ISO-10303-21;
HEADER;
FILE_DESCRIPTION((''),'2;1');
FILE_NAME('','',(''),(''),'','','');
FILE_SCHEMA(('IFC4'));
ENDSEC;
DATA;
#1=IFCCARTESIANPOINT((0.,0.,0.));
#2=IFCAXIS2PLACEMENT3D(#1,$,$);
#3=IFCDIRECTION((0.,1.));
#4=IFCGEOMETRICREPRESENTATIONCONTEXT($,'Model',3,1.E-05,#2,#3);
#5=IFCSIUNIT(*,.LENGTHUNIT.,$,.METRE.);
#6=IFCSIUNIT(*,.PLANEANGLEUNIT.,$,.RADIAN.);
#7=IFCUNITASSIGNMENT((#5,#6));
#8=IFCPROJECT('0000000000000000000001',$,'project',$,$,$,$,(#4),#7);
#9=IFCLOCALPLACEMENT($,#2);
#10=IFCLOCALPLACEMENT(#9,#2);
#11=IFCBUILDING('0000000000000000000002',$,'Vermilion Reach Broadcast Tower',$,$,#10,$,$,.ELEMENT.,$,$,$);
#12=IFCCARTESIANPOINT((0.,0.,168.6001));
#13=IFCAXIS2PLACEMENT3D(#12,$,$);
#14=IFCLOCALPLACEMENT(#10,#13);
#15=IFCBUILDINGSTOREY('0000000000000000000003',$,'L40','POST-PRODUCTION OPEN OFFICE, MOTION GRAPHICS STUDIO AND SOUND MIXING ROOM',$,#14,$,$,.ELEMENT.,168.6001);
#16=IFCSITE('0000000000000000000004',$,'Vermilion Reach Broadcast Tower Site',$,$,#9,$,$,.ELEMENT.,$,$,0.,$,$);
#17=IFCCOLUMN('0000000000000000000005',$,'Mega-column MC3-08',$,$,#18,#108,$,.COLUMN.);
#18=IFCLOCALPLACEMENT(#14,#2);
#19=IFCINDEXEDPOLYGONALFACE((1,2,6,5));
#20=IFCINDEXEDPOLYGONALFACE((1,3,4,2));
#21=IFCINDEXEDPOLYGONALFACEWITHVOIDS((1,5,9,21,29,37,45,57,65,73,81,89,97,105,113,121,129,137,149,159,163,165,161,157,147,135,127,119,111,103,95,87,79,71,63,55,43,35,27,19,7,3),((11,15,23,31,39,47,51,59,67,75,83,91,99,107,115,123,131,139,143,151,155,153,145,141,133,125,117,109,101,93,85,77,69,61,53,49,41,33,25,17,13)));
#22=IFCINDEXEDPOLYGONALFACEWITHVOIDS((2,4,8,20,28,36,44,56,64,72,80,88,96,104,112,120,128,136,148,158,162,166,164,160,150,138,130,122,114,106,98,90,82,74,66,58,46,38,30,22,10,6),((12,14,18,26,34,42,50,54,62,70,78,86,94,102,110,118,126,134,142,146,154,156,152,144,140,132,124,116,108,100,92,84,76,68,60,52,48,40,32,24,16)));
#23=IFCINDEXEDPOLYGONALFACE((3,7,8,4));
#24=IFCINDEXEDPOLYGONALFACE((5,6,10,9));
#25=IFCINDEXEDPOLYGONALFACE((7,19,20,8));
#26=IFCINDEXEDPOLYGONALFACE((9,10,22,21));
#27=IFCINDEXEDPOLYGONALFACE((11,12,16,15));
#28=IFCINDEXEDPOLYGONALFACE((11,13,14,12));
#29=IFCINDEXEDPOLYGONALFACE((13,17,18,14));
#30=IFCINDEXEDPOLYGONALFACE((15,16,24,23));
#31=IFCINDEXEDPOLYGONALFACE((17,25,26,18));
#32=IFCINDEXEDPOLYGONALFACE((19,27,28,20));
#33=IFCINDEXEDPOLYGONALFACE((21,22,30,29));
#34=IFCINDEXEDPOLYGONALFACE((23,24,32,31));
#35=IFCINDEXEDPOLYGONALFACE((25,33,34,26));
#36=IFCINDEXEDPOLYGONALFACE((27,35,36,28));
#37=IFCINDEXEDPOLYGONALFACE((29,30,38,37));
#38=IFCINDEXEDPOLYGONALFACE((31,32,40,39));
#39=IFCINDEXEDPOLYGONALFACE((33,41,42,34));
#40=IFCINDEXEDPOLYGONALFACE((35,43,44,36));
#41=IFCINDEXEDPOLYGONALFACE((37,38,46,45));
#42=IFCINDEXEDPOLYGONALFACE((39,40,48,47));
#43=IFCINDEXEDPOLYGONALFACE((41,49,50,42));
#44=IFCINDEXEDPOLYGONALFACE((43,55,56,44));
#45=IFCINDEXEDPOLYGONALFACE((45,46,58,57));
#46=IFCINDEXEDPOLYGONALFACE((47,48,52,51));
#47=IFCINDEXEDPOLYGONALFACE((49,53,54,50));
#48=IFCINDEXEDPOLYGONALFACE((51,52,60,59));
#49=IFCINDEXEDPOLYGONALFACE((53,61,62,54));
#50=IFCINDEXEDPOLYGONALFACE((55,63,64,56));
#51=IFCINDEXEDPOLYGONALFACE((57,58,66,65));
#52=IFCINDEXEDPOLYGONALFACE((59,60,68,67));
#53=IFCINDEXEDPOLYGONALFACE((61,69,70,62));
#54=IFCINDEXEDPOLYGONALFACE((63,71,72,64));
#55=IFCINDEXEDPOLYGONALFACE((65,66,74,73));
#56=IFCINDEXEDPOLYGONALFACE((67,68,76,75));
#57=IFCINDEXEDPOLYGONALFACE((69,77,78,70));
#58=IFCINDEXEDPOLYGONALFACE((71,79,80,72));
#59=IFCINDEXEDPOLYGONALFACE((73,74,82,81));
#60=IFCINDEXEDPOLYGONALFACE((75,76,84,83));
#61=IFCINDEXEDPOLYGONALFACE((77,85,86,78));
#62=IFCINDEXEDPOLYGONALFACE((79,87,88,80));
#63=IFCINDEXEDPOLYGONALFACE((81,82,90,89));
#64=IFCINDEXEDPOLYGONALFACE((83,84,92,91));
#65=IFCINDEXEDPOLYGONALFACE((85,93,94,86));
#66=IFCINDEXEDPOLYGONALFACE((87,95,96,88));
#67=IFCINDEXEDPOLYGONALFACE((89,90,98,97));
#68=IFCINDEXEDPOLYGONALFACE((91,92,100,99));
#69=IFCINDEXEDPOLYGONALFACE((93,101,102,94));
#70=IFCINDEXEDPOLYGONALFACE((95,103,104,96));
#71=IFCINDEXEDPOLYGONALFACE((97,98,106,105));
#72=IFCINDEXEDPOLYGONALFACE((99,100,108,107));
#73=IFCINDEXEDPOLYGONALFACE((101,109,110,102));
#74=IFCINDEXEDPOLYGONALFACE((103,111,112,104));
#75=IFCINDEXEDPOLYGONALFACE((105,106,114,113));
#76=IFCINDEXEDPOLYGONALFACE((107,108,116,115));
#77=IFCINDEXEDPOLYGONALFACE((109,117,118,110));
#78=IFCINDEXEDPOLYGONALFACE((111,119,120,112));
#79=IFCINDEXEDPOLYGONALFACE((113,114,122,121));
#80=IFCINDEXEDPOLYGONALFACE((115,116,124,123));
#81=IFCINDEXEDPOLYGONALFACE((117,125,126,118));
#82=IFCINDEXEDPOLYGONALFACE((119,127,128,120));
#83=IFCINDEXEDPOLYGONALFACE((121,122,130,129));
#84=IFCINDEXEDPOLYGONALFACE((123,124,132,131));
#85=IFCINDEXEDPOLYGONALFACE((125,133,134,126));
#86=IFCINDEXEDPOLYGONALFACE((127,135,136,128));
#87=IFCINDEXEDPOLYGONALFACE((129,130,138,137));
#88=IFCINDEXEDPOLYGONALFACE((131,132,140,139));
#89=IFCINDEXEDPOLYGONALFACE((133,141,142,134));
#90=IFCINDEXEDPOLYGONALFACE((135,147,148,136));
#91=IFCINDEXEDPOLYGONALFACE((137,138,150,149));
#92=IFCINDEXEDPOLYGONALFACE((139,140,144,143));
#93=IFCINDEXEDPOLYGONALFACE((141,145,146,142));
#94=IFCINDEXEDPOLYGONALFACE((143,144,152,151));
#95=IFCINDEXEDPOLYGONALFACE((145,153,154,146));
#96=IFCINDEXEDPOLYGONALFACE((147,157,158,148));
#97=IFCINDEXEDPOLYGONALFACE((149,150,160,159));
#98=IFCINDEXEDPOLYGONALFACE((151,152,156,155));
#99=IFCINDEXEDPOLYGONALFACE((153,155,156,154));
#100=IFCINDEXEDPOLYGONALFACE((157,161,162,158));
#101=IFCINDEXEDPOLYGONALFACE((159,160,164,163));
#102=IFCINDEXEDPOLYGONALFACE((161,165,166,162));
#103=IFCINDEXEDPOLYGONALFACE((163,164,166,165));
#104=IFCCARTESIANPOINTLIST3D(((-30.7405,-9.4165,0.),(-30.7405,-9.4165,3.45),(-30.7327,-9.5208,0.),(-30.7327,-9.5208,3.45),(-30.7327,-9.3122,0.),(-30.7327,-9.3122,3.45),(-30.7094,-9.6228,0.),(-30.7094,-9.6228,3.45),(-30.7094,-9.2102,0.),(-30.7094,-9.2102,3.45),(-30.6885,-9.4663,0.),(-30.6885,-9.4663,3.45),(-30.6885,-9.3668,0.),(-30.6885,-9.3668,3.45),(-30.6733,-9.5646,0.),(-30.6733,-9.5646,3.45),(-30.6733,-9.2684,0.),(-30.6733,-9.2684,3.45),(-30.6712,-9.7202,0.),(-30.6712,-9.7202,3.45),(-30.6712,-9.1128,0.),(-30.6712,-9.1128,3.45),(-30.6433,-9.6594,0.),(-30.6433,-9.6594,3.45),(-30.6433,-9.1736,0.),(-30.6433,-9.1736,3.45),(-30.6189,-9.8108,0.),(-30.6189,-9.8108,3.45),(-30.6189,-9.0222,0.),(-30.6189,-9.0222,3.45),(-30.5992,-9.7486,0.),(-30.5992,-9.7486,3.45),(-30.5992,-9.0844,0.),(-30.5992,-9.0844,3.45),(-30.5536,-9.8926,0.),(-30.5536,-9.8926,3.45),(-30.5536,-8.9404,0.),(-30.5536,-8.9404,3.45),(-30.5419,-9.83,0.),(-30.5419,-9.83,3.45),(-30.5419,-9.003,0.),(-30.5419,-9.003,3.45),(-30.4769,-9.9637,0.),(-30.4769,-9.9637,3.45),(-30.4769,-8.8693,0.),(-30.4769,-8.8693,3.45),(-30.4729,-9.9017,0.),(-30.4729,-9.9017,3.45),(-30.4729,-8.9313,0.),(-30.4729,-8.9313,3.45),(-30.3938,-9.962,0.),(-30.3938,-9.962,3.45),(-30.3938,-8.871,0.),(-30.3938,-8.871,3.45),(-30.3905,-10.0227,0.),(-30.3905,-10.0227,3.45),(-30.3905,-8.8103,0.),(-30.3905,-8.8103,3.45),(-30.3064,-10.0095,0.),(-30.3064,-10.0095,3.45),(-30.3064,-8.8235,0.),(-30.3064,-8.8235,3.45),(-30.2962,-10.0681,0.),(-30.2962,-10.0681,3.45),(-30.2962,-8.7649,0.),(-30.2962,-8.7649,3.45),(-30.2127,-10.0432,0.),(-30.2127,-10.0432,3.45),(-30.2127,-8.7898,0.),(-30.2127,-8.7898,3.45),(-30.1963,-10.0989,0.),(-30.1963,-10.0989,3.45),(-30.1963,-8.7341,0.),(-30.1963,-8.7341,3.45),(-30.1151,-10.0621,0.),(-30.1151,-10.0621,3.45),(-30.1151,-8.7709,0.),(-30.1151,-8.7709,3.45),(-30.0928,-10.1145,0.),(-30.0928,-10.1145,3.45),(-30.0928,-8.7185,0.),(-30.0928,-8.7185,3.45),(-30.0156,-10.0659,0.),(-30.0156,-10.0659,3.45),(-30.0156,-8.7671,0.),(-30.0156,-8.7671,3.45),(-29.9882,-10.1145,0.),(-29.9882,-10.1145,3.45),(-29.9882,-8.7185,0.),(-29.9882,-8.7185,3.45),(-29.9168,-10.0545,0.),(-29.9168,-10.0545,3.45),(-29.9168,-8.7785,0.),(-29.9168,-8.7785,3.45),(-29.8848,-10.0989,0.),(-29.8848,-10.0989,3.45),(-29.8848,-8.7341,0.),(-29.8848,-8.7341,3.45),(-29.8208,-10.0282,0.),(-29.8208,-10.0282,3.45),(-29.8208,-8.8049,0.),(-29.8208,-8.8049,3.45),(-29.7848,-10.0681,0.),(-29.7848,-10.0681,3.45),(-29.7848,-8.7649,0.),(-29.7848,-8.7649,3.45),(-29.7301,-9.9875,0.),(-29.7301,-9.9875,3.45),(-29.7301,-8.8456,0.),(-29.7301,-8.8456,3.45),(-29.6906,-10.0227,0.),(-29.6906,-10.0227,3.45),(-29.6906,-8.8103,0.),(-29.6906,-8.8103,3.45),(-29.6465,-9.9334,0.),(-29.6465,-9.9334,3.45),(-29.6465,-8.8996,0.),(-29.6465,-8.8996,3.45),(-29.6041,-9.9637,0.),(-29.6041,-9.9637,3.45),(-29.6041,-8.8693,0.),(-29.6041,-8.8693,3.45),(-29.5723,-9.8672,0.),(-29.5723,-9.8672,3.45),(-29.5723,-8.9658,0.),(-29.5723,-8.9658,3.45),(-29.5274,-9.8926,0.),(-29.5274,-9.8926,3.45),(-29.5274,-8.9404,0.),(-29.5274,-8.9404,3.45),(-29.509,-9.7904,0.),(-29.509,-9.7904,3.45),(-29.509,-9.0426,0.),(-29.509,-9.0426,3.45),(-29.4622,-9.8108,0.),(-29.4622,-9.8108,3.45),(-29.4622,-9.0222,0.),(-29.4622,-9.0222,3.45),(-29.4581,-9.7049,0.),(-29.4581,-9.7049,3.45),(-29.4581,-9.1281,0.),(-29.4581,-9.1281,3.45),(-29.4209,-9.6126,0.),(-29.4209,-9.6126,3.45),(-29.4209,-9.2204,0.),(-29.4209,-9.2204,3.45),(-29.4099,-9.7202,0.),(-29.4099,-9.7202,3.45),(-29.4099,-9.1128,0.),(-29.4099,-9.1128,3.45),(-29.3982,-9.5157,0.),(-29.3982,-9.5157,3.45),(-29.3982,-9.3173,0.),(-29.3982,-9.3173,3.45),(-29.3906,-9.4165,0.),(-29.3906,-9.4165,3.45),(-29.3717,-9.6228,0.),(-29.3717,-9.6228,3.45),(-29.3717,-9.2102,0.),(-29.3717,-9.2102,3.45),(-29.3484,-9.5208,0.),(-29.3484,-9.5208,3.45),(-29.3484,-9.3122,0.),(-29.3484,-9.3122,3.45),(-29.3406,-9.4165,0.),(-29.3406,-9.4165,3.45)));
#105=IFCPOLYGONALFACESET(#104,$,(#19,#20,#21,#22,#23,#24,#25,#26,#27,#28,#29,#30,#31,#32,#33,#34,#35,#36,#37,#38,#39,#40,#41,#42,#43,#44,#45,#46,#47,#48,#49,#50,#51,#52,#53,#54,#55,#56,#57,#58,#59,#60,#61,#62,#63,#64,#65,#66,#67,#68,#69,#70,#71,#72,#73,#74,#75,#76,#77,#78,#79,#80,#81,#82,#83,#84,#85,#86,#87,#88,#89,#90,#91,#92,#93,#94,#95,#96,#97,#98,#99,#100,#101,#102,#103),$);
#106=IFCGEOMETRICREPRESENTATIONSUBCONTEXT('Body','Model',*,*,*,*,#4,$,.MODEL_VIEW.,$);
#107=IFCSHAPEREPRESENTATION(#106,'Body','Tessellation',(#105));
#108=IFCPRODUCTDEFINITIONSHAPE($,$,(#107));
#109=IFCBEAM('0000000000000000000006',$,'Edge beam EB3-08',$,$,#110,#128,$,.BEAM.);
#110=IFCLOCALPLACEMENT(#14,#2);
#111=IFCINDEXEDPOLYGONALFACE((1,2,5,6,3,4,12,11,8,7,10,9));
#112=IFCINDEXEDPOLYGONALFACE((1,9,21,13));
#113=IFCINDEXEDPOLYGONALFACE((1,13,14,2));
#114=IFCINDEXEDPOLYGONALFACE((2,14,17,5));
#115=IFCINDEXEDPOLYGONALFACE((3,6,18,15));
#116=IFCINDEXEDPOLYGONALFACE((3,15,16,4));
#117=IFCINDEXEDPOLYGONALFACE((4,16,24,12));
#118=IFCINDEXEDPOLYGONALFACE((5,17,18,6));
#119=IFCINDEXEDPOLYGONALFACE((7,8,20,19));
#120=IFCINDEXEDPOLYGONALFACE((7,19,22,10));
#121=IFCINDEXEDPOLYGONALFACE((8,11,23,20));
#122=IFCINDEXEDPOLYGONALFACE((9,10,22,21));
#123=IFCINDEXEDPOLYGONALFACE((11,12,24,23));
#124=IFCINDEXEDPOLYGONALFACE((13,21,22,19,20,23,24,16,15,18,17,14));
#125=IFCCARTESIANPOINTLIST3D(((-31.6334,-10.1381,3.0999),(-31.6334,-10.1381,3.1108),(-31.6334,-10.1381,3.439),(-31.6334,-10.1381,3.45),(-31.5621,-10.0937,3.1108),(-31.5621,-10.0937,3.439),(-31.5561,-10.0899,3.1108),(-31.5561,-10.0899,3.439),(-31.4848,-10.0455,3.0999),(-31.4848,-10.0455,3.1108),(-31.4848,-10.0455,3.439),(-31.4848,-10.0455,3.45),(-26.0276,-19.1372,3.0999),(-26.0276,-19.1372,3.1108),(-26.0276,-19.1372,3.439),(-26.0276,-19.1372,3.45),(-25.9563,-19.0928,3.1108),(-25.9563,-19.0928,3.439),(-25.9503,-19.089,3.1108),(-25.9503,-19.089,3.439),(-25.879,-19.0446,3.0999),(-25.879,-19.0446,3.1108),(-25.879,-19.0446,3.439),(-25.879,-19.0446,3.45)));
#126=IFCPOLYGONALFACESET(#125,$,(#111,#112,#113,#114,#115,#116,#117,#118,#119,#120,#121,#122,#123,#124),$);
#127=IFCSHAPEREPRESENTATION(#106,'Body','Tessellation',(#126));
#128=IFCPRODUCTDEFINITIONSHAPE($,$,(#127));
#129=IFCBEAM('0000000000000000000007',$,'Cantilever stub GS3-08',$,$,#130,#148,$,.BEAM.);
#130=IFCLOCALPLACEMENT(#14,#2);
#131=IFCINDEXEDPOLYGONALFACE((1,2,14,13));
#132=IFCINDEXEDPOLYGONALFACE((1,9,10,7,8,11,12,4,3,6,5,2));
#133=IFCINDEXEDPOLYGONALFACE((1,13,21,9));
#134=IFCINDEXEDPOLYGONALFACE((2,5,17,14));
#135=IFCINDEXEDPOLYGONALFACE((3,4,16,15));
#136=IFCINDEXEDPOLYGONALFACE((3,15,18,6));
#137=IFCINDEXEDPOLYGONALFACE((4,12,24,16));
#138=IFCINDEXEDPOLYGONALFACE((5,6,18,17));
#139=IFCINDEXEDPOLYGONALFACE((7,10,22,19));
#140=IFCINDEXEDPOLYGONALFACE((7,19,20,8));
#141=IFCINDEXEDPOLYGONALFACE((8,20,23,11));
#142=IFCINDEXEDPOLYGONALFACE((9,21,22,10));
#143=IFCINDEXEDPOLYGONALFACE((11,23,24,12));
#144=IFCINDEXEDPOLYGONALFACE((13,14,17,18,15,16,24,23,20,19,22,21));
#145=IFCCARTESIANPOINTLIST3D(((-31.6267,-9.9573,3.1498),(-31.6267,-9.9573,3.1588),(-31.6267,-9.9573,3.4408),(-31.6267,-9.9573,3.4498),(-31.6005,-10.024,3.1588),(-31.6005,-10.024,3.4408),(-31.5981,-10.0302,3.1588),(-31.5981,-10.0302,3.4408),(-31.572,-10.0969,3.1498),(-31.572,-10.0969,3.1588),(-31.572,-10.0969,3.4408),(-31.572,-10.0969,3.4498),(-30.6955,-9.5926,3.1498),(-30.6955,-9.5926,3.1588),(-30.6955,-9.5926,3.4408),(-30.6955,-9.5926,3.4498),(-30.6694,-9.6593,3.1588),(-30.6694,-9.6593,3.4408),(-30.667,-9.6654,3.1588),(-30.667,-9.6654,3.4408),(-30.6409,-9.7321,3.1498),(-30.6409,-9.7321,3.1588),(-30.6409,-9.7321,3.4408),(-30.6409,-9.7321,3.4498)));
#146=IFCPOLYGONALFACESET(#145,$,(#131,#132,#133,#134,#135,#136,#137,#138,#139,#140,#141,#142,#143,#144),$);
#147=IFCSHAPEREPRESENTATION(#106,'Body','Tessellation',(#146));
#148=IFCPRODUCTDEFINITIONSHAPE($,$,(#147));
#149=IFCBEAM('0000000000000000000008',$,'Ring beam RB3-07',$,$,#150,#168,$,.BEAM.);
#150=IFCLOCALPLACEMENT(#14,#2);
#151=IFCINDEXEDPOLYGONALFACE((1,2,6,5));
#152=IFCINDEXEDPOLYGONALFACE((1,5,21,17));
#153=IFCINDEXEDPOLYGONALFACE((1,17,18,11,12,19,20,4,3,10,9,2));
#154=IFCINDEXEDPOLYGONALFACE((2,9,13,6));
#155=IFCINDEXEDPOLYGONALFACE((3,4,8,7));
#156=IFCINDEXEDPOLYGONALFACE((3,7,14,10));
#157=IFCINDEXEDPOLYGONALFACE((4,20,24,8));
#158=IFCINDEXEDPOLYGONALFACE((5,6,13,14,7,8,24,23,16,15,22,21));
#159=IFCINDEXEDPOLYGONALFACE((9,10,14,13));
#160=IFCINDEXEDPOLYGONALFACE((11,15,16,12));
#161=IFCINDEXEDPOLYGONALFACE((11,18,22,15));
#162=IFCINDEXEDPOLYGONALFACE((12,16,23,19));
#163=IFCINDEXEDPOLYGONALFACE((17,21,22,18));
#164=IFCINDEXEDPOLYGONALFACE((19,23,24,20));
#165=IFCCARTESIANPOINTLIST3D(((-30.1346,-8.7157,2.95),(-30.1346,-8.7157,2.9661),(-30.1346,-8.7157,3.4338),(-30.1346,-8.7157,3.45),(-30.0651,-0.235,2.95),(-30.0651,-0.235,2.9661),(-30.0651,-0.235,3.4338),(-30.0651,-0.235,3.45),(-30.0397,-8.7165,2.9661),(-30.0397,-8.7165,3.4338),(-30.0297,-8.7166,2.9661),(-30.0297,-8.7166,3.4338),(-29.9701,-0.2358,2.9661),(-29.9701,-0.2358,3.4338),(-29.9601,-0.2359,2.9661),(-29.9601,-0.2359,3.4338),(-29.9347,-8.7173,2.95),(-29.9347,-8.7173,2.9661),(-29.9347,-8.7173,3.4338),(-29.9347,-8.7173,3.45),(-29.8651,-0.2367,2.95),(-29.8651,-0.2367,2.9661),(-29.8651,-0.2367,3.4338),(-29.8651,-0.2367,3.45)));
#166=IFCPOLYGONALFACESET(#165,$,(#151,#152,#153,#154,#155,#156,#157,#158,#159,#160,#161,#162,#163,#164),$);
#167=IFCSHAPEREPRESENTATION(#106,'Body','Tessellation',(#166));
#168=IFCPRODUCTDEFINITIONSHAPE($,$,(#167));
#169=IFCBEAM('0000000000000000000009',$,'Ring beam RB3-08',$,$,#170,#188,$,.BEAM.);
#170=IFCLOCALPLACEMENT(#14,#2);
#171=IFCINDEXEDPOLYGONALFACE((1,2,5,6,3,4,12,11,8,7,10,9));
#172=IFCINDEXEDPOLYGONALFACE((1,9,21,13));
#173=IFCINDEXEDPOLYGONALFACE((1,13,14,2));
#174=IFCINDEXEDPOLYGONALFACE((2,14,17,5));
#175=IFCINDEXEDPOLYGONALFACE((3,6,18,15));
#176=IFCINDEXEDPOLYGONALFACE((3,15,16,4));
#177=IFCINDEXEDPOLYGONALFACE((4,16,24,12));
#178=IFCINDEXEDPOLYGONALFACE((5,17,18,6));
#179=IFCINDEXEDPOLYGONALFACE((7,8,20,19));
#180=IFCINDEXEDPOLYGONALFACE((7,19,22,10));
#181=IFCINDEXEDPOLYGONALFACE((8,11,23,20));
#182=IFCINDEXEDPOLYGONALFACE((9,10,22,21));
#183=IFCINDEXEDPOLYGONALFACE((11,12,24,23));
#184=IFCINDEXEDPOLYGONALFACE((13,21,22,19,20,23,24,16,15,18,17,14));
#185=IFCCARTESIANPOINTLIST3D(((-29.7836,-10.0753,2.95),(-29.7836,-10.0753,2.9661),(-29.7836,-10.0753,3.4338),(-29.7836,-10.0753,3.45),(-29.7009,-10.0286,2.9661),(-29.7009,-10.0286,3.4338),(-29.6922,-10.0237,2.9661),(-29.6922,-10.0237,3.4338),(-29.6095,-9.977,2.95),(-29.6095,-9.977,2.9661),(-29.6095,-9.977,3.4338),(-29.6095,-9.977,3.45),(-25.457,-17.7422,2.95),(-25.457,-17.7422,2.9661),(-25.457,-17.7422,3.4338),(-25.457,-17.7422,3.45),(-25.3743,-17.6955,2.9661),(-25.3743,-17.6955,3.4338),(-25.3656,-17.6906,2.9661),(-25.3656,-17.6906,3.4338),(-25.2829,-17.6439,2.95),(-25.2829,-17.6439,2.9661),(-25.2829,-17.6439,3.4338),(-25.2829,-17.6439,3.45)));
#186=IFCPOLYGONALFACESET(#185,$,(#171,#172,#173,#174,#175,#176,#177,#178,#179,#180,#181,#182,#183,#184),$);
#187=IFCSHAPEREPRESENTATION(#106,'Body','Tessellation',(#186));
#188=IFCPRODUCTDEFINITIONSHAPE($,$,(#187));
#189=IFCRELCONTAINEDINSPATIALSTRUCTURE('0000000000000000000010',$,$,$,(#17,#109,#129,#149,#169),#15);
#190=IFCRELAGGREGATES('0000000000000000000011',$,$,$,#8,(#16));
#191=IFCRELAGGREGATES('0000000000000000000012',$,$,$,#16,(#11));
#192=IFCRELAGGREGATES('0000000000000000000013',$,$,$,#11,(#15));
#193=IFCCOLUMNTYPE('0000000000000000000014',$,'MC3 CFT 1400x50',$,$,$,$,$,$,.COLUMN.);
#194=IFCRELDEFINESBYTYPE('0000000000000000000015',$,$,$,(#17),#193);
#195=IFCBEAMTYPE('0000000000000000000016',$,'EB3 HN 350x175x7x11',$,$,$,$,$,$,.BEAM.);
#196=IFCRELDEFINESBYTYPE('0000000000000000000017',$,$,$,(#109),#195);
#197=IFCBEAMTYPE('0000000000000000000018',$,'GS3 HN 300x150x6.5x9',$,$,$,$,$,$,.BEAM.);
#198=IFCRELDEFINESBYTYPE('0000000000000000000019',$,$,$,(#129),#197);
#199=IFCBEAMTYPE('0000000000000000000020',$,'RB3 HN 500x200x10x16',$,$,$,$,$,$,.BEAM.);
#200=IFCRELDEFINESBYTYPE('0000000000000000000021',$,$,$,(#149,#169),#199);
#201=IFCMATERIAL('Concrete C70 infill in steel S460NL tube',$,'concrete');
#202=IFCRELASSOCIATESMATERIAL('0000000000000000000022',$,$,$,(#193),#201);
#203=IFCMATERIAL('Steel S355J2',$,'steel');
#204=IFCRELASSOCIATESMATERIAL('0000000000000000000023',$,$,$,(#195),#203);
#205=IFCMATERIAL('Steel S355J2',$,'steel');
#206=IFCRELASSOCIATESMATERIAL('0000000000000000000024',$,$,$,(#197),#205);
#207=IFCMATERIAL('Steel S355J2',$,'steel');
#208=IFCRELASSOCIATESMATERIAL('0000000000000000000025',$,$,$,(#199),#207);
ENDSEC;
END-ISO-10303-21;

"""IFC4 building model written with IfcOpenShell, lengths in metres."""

from ifc_helpers import new_model, si_unit, direction, frame, origin, origin_2d, place, context, subcontext, project, spatial, hollow_circle, i_section, extrude, material, material_profile, profile_set, type_object, element, save


model = new_model("IFC4")

# Units and contexts
model_context = context("Model", 3, precision=1e-05, world=origin(), true_north=direction((0.0, 1.0)))
body_context = subcontext(model_context, "Body", "Model", "MODEL_VIEW")
ifc_project = project(units=[si_unit("LENGTHUNIT", "METRE"), si_unit("PLANEANGLEUNIT", "RADIAN")], contexts=[model_context])

# Site, building, storey
site_placement = place(None, origin())
site = spatial("IfcSite", under=ifc_project, at=site_placement, Name="Vermilion Reach Broadcast Tower Site", CompositionType="ELEMENT", RefElevation=0.0)
building_placement = place(site_placement, origin())
building = spatial("IfcBuilding", under=site, at=building_placement, Name="Vermilion Reach Broadcast Tower", CompositionType="ELEMENT")
storey_placement = place(building_placement, frame((0.0, 0.0, 168.6001)))
storey = spatial("IfcBuildingStorey", under=building, at=storey_placement, Name="L40", Description="POST-PRODUCTION OPEN OFFICE, MOTION GRAPHICS STUDIO AND SOUND MIXING ROOM", CompositionType="ELEMENT", Elevation=168.6001)

# Column
ifc_material_1 = material(Name="Concrete C70 infill in steel S460NL tube", Category="concrete")
ifc_material_profile_1 = material_profile(ifc_material_1, hollow_circle(Radius=0.7, WallThickness=0.05, at=origin_2d()), Name="Concrete C70 infill in steel S460NL tube CFT 1400x50")
ifc_profile_set_1 = profile_set([ifc_material_profile_1], Name="Concrete C70 infill in steel S460NL tube")
column_type = type_object("IfcColumnType", Name="MC3 CFT 1400x50", PredefinedType="COLUMN", material=ifc_profile_set_1)
column_placement = place(storey_placement, frame((-30.0405, -9.4165, 0.0), z_axis=(0.0, 0.0, 1.0), x_axis=(1.0, 0.0, 0.0)))
element("IfcColumn", 1, at=column_placement, inside=storey, type_object=column_type, Name="Mega-column MC3-08", PredefinedType="COLUMN", context=body_context, shape_type="SweptSolid", body=[
    extrude(hollow_circle(Radius=0.7, WallThickness=0.05, at=origin_2d()), origin(), (0.0, 0.0, 1.0), 3.45),
])

# Beams
ifc_material_2 = material(Name="Steel S355J2", Category="steel")
ifc_material_profile_2 = material_profile(ifc_material_2, i_section(OverallWidth=0.175, OverallDepth=0.3501, WebThickness=0.0071, FlangeThickness=0.011, at=origin_2d()), Name="S355J2 HN 350x175x7x11")
ifc_profile_set_2 = profile_set([ifc_material_profile_2], Name="Steel S355J2")
beam_type_1 = type_object("IfcBeamType", Name="EB3 HN 350x175x7x11", PredefinedType="BEAM", material=ifc_profile_set_2)
beam_1_placement = place(storey_placement, frame((-31.5591, -10.0918, 3.2749), z_axis=(0.528732, -0.848789, 0.0), x_axis=(0.848789, 0.528732, 0.0)))
element("IfcBeam", 2, at=beam_1_placement, inside=storey, type_object=beam_type_1, Name="Edge beam EB3-08", PredefinedType="BEAM", context=body_context, shape_type="SweptSolid", body=[
    extrude(i_section(OverallWidth=0.175, OverallDepth=0.3501, WebThickness=0.0071, FlangeThickness=0.011, at=origin_2d()), origin(), (0.0, 0.0, 1.0), 10.6023),
])
ifc_material_3 = material(Name="Steel S355J2", Category="steel")
ifc_material_profile_3 = material_profile(ifc_material_3, i_section(OverallWidth=0.1499, OverallDepth=0.3, WebThickness=0.0066, FlangeThickness=0.009, at=origin_2d()), Name="S355J2 HN 300x150x6.5x9")
ifc_profile_set_3 = profile_set([ifc_material_profile_3], Name="Steel S355J2")
beam_type_2 = type_object("IfcBeamType", Name="GS3 HN 300x150x6.5x9", PredefinedType="BEAM", material=ifc_profile_set_3)
beam_2_placement = place(storey_placement, frame((-30.6682, -9.6624, 3.2998), z_axis=(-0.931113, -0.364731, 0.0), x_axis=(0.364731, -0.931113, 0.0)))
element("IfcBeam", 3, at=beam_2_placement, inside=storey, type_object=beam_type_2, Name="Cantilever stub GS3-08", PredefinedType="BEAM", context=body_context, shape_type="SweptSolid", body=[
    extrude(i_section(OverallWidth=0.1499, OverallDepth=0.3, WebThickness=0.0066, FlangeThickness=0.009, at=origin_2d()), origin(), (0.0, 0.0, 1.0), 1.0),
])
ifc_material_4 = material(Name="Steel S355J2", Category="steel")
ifc_material_profile_4 = material_profile(ifc_material_4, i_section(OverallWidth=0.2, OverallDepth=0.5, WebThickness=0.01, FlangeThickness=0.0161, at=origin_2d()), Name="S355J2 HN 500x200x10x16")
ifc_profile_set_4 = profile_set([ifc_material_profile_4], Name="Steel S355J2")
beam_type_3 = type_object("IfcBeamType", Name="RB3 HN 500x200x10x16", PredefinedType="BEAM", material=ifc_profile_set_4)
beam_3_placement = place(storey_placement, frame((-29.9651, -0.2358, 3.2), z_axis=(-0.008204, -0.999966, 0.0), x_axis=(0.999966, -0.008204, 0.0)))
element("IfcBeam", 4, at=beam_3_placement, inside=storey, type_object=beam_type_3, Name="Ring beam RB3-07", PredefinedType="BEAM", context=body_context, shape_type="SweptSolid", body=[
    extrude(i_section(OverallWidth=0.2, OverallDepth=0.5, WebThickness=0.01, FlangeThickness=0.0161, at=origin_2d()), origin(), (0.0, 0.0, 1.0), 8.481),
])
beam_4_placement = place(storey_placement, frame((-29.6965, -10.0261, 3.2), z_axis=(0.491467, -0.870896, 0.0), x_axis=(0.870896, 0.491467, 0.0)))
element("IfcBeam", 5, at=beam_4_placement, inside=storey, type_object=beam_type_3, Name="Ring beam RB3-08", PredefinedType="BEAM", context=body_context, shape_type="SweptSolid", body=[
    extrude(i_section(OverallWidth=0.2, OverallDepth=0.5, WebThickness=0.01, FlangeThickness=0.0161, at=origin_2d()), origin(), (0.0, 0.0, 1.0), 8.8035),
])

save(model, "model.ifc")
